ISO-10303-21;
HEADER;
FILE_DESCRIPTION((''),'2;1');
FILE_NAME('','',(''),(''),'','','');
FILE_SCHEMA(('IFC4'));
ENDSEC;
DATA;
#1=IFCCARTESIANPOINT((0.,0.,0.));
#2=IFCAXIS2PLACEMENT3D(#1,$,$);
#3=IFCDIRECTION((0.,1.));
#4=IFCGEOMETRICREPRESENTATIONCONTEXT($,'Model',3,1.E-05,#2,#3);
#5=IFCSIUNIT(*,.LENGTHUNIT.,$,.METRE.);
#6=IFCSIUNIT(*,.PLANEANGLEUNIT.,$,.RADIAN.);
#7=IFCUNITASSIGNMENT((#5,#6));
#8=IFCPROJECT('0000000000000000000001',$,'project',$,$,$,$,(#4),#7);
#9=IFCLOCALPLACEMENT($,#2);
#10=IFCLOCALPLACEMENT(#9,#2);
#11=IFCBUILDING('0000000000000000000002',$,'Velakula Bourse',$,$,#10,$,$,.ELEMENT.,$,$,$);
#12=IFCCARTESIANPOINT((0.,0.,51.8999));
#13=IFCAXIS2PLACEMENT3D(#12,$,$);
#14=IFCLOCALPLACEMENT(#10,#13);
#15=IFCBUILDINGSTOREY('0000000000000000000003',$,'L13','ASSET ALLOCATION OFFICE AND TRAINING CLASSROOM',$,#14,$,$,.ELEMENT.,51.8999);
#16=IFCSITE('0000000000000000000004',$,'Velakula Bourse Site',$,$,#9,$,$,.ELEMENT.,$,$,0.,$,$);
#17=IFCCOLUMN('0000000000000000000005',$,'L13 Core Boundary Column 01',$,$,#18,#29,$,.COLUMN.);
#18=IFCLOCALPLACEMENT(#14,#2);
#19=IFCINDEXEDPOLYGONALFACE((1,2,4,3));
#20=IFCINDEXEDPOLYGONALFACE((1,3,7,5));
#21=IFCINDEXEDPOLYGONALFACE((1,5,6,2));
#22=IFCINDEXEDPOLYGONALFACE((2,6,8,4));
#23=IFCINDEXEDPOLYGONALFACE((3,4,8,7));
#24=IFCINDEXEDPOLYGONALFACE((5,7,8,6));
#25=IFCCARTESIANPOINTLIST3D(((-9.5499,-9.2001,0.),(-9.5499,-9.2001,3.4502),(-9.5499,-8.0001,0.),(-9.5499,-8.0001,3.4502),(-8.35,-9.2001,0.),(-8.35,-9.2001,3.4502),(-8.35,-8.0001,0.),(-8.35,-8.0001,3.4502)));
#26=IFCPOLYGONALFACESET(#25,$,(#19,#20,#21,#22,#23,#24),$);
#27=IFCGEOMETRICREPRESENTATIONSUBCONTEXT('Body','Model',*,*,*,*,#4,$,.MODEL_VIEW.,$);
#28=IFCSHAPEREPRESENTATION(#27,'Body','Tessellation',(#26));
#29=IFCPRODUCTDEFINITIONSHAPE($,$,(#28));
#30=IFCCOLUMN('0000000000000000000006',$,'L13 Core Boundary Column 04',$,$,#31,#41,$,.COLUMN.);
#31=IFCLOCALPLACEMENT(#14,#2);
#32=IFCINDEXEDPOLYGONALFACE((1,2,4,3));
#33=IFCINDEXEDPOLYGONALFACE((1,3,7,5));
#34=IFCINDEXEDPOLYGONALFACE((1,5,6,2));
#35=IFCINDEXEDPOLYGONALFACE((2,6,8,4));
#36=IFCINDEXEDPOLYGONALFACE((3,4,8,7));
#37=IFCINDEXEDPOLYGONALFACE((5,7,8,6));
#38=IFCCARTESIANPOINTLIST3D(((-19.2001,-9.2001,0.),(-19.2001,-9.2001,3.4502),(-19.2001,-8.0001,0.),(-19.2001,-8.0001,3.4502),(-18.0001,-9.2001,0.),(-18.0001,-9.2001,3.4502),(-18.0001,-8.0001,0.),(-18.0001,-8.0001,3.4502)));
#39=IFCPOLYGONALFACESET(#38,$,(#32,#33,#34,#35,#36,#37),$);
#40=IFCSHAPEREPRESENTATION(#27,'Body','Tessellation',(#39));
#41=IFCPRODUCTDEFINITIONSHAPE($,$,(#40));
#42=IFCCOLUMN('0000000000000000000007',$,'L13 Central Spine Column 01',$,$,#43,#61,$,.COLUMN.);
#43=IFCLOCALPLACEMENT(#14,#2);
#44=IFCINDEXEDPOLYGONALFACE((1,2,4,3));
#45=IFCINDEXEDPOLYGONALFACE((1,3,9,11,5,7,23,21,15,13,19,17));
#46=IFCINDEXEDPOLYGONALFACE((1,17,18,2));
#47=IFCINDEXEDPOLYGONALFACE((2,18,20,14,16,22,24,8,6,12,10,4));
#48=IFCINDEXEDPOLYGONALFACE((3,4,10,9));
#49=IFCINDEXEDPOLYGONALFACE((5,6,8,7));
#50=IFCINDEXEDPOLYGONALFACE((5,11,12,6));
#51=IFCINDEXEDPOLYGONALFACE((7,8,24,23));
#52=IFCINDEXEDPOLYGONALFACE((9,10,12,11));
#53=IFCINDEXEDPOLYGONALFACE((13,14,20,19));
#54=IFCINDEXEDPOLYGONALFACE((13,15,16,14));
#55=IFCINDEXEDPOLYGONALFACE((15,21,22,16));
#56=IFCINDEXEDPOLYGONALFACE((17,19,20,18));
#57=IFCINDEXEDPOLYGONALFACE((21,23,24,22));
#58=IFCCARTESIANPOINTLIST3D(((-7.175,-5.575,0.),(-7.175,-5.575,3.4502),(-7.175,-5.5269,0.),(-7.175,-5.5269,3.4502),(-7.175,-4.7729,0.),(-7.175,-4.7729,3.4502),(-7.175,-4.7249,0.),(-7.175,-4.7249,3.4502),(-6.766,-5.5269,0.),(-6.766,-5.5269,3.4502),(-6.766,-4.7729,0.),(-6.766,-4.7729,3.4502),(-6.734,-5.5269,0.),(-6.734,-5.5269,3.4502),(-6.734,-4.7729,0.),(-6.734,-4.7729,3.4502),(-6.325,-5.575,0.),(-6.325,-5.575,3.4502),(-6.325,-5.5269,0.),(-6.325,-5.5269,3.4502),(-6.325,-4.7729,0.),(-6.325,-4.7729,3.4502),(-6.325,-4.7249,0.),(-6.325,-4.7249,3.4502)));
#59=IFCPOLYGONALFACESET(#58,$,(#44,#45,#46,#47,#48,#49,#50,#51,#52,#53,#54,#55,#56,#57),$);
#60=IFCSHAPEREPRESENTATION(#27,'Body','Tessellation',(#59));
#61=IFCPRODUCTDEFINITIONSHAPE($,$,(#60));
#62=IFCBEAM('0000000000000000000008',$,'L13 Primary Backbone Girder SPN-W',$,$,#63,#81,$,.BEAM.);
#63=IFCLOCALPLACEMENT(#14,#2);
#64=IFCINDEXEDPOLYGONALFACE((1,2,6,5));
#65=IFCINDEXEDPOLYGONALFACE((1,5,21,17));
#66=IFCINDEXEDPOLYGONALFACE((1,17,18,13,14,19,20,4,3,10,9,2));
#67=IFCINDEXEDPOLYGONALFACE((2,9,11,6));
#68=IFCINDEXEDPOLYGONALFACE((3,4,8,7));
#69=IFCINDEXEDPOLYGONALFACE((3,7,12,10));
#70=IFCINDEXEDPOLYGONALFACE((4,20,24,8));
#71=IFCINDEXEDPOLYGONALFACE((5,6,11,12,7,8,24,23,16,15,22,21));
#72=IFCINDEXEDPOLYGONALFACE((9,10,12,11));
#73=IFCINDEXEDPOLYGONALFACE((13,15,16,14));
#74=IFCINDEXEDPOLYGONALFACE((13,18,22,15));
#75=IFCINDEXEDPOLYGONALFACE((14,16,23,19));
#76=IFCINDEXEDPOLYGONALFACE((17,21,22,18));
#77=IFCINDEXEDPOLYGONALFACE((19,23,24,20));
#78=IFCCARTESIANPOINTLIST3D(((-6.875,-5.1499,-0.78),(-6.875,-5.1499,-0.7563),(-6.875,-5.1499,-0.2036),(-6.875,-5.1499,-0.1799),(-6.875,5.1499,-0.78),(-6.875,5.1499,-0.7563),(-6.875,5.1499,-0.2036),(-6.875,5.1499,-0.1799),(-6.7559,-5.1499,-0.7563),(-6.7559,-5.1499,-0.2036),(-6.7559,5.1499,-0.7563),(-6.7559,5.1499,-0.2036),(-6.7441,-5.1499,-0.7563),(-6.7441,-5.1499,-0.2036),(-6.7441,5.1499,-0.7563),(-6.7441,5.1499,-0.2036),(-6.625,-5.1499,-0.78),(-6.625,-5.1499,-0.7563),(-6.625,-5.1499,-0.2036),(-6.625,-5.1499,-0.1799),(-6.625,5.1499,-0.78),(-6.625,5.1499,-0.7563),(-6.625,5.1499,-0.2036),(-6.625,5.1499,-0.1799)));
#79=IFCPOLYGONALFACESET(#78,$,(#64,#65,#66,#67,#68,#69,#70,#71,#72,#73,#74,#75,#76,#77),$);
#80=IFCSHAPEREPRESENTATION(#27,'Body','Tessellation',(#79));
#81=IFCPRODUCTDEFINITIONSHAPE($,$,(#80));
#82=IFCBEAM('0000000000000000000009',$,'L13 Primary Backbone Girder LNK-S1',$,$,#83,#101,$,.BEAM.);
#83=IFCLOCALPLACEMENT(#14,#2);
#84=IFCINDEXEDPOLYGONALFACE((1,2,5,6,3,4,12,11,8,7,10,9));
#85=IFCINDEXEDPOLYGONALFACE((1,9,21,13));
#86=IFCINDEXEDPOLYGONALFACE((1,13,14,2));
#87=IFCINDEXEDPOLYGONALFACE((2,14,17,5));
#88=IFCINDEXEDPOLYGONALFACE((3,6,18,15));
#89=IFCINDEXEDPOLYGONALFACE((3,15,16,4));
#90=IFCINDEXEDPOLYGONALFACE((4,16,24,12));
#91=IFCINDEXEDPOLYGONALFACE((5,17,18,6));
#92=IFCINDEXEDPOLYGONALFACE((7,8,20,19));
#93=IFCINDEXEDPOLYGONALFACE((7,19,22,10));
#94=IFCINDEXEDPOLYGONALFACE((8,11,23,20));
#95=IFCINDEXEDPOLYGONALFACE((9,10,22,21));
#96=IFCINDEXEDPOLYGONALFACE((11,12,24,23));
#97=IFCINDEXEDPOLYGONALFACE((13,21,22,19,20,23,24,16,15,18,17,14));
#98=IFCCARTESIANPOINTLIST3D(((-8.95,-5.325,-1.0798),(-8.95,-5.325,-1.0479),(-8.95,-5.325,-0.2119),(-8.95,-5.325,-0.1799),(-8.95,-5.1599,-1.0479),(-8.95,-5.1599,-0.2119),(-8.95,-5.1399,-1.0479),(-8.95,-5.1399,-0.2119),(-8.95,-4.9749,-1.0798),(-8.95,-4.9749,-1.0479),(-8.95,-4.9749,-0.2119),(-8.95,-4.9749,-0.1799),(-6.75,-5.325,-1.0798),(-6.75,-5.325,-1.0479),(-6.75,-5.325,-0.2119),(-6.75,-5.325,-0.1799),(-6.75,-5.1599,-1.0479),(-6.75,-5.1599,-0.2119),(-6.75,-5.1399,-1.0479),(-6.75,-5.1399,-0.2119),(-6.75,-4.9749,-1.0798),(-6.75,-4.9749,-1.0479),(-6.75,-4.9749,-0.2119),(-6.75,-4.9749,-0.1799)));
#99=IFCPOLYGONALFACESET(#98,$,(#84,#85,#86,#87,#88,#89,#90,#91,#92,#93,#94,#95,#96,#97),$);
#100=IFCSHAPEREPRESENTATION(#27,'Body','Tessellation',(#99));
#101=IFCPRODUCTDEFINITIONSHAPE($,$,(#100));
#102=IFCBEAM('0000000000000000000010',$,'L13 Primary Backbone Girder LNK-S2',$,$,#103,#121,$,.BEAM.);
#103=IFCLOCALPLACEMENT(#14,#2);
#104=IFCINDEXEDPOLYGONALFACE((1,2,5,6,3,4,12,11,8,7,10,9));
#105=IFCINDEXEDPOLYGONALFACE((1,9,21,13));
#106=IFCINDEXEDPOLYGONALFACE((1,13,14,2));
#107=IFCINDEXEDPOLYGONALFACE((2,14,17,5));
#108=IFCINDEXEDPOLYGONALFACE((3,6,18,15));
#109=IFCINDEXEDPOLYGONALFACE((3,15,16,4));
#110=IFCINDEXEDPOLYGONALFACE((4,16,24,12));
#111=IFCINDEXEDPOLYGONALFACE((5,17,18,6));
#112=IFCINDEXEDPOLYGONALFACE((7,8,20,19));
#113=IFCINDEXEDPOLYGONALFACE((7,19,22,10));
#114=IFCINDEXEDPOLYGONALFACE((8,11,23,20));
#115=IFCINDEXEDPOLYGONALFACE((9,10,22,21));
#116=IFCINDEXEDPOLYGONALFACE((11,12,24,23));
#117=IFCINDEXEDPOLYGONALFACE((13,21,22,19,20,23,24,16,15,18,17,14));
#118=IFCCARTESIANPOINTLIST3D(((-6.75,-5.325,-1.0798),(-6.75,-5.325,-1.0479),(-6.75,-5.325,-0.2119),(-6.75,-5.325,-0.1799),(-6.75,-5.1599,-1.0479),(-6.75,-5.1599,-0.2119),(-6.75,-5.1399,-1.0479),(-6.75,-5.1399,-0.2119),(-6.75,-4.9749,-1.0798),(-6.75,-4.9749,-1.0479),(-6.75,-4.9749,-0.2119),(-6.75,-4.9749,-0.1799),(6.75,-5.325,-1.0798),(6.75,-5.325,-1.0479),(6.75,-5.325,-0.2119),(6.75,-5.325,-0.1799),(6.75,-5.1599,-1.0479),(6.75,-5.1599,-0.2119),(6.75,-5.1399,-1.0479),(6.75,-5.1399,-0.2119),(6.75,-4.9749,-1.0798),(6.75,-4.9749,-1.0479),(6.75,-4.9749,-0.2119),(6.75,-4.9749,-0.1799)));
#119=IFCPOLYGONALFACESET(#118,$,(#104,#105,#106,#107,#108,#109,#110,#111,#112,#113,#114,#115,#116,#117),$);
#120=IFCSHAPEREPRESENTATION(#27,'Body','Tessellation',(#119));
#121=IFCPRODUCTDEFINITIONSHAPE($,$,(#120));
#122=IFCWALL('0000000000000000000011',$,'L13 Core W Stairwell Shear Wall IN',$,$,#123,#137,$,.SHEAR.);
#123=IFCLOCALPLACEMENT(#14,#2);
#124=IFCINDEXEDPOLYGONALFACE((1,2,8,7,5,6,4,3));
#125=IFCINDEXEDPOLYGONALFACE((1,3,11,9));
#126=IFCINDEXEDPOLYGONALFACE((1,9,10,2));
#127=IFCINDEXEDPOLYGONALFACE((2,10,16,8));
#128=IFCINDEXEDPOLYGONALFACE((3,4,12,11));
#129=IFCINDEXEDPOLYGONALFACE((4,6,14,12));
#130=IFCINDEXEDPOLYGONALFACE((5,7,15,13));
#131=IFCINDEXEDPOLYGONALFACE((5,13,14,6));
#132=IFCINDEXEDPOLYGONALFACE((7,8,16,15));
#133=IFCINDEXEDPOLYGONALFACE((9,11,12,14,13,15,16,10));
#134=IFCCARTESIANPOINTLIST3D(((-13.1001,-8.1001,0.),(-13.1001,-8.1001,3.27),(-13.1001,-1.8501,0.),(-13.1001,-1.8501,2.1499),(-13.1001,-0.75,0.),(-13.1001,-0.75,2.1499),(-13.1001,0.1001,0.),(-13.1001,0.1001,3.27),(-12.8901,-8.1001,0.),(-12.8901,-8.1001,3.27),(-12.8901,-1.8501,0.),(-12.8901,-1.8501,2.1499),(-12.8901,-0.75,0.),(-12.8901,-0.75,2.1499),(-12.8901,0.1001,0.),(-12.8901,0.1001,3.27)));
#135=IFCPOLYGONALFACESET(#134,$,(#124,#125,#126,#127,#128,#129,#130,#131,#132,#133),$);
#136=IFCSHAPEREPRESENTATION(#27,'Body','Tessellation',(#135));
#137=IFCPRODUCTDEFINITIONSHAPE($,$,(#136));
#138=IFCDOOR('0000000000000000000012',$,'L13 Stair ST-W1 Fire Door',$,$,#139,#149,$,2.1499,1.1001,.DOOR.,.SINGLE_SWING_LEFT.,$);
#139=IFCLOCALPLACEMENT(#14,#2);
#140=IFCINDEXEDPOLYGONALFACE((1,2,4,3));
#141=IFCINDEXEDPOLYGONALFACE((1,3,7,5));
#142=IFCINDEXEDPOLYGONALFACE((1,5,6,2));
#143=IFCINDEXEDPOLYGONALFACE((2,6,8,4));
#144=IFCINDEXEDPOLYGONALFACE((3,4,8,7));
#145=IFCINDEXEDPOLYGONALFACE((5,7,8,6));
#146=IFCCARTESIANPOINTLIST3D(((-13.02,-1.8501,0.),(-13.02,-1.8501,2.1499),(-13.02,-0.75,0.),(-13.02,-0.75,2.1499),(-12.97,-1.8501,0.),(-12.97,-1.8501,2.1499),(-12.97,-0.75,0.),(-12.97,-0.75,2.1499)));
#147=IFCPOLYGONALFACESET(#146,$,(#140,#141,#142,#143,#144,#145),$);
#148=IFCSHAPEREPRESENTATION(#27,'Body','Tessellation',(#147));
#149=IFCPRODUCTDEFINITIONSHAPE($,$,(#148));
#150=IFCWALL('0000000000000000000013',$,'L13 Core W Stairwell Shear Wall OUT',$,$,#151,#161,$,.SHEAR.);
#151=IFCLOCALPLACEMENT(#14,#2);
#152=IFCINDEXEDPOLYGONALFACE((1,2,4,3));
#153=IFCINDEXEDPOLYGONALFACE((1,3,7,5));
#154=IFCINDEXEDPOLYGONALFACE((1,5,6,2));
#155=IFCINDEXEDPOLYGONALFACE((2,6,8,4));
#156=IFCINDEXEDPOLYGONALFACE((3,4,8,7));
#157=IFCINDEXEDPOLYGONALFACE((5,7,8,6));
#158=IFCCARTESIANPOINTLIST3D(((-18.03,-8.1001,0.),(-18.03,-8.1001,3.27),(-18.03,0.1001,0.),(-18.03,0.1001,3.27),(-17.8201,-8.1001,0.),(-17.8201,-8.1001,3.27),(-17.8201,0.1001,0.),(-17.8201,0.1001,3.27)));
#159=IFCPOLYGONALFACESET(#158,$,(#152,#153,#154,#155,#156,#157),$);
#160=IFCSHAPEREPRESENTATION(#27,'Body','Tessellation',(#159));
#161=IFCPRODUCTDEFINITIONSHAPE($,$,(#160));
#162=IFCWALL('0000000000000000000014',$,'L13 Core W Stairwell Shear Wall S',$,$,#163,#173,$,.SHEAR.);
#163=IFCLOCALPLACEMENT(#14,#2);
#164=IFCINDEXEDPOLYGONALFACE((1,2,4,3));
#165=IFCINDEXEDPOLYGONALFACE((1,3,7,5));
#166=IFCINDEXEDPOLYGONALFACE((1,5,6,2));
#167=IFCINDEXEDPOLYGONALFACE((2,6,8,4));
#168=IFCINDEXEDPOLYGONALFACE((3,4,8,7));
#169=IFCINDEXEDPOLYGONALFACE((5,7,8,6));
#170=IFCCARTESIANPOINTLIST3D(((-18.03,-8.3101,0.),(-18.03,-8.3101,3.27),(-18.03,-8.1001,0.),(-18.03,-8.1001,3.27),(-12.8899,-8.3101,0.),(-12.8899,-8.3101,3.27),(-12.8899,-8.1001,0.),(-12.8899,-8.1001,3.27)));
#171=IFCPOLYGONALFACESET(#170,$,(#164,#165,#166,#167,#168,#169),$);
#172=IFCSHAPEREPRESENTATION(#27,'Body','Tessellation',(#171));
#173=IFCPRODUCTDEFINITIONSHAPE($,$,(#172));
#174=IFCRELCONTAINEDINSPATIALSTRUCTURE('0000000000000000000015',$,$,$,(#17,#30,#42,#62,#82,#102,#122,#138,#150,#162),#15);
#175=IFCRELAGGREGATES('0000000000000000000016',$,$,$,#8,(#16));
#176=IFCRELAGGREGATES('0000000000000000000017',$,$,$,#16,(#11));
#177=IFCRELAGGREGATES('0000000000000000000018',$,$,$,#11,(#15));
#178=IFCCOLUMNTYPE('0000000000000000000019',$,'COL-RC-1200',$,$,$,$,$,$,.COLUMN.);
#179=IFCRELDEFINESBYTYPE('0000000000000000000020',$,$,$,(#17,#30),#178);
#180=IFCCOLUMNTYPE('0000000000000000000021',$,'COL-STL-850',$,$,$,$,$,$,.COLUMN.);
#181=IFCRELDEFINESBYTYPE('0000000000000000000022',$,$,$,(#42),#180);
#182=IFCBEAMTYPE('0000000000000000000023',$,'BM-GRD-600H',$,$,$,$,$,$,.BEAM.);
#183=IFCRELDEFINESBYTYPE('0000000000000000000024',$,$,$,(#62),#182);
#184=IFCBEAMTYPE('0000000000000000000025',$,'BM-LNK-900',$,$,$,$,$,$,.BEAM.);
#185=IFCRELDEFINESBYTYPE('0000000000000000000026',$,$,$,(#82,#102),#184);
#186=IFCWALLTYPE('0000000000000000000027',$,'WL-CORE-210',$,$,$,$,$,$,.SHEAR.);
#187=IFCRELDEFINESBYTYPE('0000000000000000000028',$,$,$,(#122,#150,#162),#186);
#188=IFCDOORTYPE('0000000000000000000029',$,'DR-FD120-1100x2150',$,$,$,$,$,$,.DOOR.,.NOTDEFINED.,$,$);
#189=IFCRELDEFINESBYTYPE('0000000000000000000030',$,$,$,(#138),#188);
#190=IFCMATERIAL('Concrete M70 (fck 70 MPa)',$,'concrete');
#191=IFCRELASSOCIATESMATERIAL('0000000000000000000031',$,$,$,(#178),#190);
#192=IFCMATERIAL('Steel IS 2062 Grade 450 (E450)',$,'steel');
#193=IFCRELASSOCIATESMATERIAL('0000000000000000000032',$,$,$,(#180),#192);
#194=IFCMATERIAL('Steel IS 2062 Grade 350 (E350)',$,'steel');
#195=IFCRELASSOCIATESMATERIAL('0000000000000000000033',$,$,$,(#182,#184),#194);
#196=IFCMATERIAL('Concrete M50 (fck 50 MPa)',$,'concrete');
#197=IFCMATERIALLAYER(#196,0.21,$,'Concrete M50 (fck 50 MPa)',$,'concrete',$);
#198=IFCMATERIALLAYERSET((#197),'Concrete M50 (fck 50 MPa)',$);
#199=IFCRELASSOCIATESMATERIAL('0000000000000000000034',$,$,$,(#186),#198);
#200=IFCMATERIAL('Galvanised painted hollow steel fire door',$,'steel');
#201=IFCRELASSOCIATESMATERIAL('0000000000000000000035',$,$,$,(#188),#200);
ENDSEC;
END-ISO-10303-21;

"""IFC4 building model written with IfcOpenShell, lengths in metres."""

from ifc_helpers import new_model, si_unit, direction, frame, frame_2d, origin, origin_2d, place, context, subcontext, project, spatial, rectangle, i_section, extrude, material, layer, layer_set, material_profile, profile_set, type_object, element, fill, save


model = new_model("IFC4")

# Units and contexts
model_context = context("Model", 3, precision=1e-05, world=origin(), true_north=direction((0.0, 1.0)))
body_context = subcontext(model_context, "Body", "Model", "MODEL_VIEW")
ifc_project = project(units=[si_unit("LENGTHUNIT", "METRE"), si_unit("PLANEANGLEUNIT", "RADIAN")], contexts=[model_context])

# Site, building, storey
site_placement = place(None, origin())
site = spatial("IfcSite", under=ifc_project, at=site_placement, Name="Velakula Bourse Site", CompositionType="ELEMENT", RefElevation=0.0)
building_placement = place(site_placement, origin())
building = spatial("IfcBuilding", under=site, at=building_placement, Name="Velakula Bourse", CompositionType="ELEMENT")
storey_placement = place(building_placement, frame((0.0, 0.0, 51.8999)))
storey = spatial("IfcBuildingStorey", under=building, at=storey_placement, Name="L13", Description="ASSET ALLOCATION OFFICE AND TRAINING CLASSROOM", CompositionType="ELEMENT", Elevation=51.8999)

# Columns
ifc_material_1 = material(Name="Concrete M70 (fck 70 MPa)", Category="concrete")
ifc_material_profile_1 = material_profile(ifc_material_1, rectangle(XDim=1.2, YDim=1.2, at=origin_2d()), Name="Concrete M70 (fck 70 MPa)")
ifc_profile_set_1 = profile_set([ifc_material_profile_1], Name="Concrete M70 (fck 70 MPa)")
column_type_1 = type_object("IfcColumnType", Name="COL-RC-1200", PredefinedType="COLUMN", material=ifc_profile_set_1)
for number, where, z_axis, x_axis, name in (
    (1, (-8.95, -8.6001, 0.0), (0.0, 0.0, 1.0), (1.0, 0.0, 0.0), "L13 Core Boundary Column 01"),
    (2, (-18.6001, -8.6001, 0.0), (0.0, 0.0, 1.0), (1.0, 0.0, 0.0), "L13 Core Boundary Column 04"),
):
    element("IfcColumn", number, at=place(storey_placement, frame(where, z_axis=z_axis, x_axis=x_axis)), inside=storey, type_object=column_type_1, Name=name, PredefinedType="COLUMN", context=body_context, shape_type="SweptSolid", body=[
        extrude(rectangle(XDim=1.2, YDim=1.2, at=origin_2d()), origin(), (0.0, 0.0, 1.0), 3.4502),
    ])
ifc_material_2 = material(Name="Steel IS 2062 Grade 450 (E450)", Category="steel")
ifc_material_profile_2 = material_profile(ifc_material_2, i_section(OverallWidth=0.8501, OverallDepth=0.8501, WebThickness=0.032, FlangeThickness=0.0481, at=origin_2d()), Name="Steel IS 2062 Grade 450 (E450)")
ifc_profile_set_2 = profile_set([ifc_material_profile_2], Name="Steel IS 2062 Grade 450 (E450)")
column_type_2 = type_object("IfcColumnType", Name="COL-STL-850", PredefinedType="COLUMN", material=ifc_profile_set_2)
column_placement = place(storey_placement, frame((-6.75, -5.1499, 0.0), z_axis=(0.0, 0.0, 1.0), x_axis=(1.0, 0.0, 0.0)))
element("IfcColumn", 3, at=column_placement, inside=storey, type_object=column_type_2, Name="L13 Central Spine Column 01", PredefinedType="COLUMN", context=body_context, shape_type="SweptSolid", body=[
    extrude(i_section(OverallWidth=0.8501, OverallDepth=0.8501, WebThickness=0.032, FlangeThickness=0.0481, at=origin_2d()), origin(), (0.0, 0.0, 1.0), 3.4502),
])

# Beams
ifc_material_3 = material(Name="Steel IS 2062 Grade 350 (E350)", Category="steel")
ifc_material_profile_3 = material_profile(ifc_material_3, i_section(OverallWidth=0.25, OverallDepth=0.6001, WebThickness=0.0117, FlangeThickness=0.0237, at=origin_2d()), Name="Steel IS 2062 Grade 350 (E350)")
ifc_profile_set_3 = profile_set([ifc_material_profile_3], Name="Steel IS 2062 Grade 350 (E350)")
beam_type_1 = type_object("IfcBeamType", Name="BM-GRD-600H", PredefinedType="BEAM", material=ifc_profile_set_3)
beam_1_placement = place(storey_placement, frame((-6.75, -5.1499, -0.48), z_axis=(0.0, 1.0, 0.0), x_axis=(-1.0, 0.0, 0.0)))
element("IfcBeam", 4, at=beam_1_placement, inside=storey, type_object=beam_type_1, Name="L13 Primary Backbone Girder SPN-W", PredefinedType="BEAM", context=body_context, shape_type="SweptSolid", body=[
    extrude(i_section(OverallWidth=0.25, OverallDepth=0.6001, WebThickness=0.0117, FlangeThickness=0.0237, at=origin_2d()), origin(), (0.0, 0.0, 1.0), 10.2998),
])
ifc_material_profile_4 = material_profile(ifc_material_3, i_section(OverallWidth=0.3501, OverallDepth=0.8999, WebThickness=0.02, FlangeThickness=0.032, at=origin_2d()), Name="Steel IS 2062 Grade 350 (E350)")
ifc_profile_set_4 = profile_set([ifc_material_profile_4], Name="Steel IS 2062 Grade 350 (E350)")
beam_type_2 = type_object("IfcBeamType", Name="BM-LNK-900", PredefinedType="BEAM", material=ifc_profile_set_4)
beam_2_placement = place(storey_placement, frame((-8.95, -5.1499, -0.6299), z_axis=(1.0, 0.0, 0.0), x_axis=(0.0, 1.0, 0.0)))
element("IfcBeam", 5, at=beam_2_placement, inside=storey, type_object=beam_type_2, Name="L13 Primary Backbone Girder LNK-S1", PredefinedType="BEAM", context=body_context, shape_type="SweptSolid", body=[
    extrude(i_section(OverallWidth=0.3501, OverallDepth=0.8999, WebThickness=0.02, FlangeThickness=0.032, at=origin_2d()), origin(), (0.0, 0.0, 1.0), 2.2),
])
beam_3_placement = place(storey_placement, frame((-6.75, -5.1499, -0.6299), z_axis=(1.0, 0.0, 0.0), x_axis=(0.0, 1.0, 0.0)))
element("IfcBeam", 6, at=beam_3_placement, inside=storey, type_object=beam_type_2, Name="L13 Primary Backbone Girder LNK-S2", PredefinedType="BEAM", context=body_context, shape_type="SweptSolid", body=[
    extrude(i_section(OverallWidth=0.3501, OverallDepth=0.8999, WebThickness=0.02, FlangeThickness=0.032, at=origin_2d()), origin(), (0.0, 0.0, 1.0), 13.5),
])

# Wall, opening, door
ifc_material_4 = material(Name="Concrete M50 (fck 50 MPa)", Category="concrete")
ifc_layer_1 = layer(ifc_material_4, 0.21, Name="Concrete M50 (fck 50 MPa)", Category="concrete")
ifc_layer_set_1 = layer_set([ifc_layer_1], Name="Concrete M50 (fck 50 MPa)")
wall_type_1 = type_object("IfcWallType", Name="WL-CORE-210", PredefinedType="SHEAR", material=ifc_layer_set_1)
wall_1_placement = place(storey_placement, frame((-12.9951, -8.1001, 0.0), z_axis=(0.0, 0.0, 1.0), x_axis=(0.0, 1.0, 0.0)))
wall_1 = element("IfcWall", 7, at=wall_1_placement, inside=storey, type_object=wall_type_1, Name="L13 Core W Stairwell Shear Wall IN", PredefinedType="SHEAR", context=body_context, shape_type="SweptSolid", body=[
    extrude(rectangle(XDim=8.2002, YDim=0.21, at=frame_2d((4.1001, 0.0))), origin(), (0.0, 0.0, 1.0), 3.27),
])
opening_1_placement = place(wall_1_placement, frame((6.25, 0.0, 0.0)))
opening_1 = element("IfcOpeningElement", 8, at=opening_1_placement, cuts=wall_1, PredefinedType="OPENING", context=body_context, shape_type="SweptSolid", body=[
    extrude(rectangle(XDim=1.1001, YDim=2.1499, at=frame_2d((0.55, 1.075))), frame((0.0, 0.115, 0.0), z_axis=(0.0, -1.0, 0.0), x_axis=(1.0, 0.0, 0.0)), (0.0, 0.0, 1.0), 0.23),
])
ifc_material_5 = material(Name="Galvanised painted hollow steel fire door", Category="steel")
door_type_1 = type_object("IfcDoorType", Name="DR-FD120-1100x2150", OperationType="NOTDEFINED", PredefinedType="DOOR", material=ifc_material_5)
door_1_placement = place(opening_1_placement, origin())
door_1 = element("IfcDoor", 9, at=door_1_placement, inside=storey, type_object=door_type_1, Name="L13 Stair ST-W1 Fire Door", OperationType="SINGLE_SWING_LEFT", OverallHeight=2.1499, OverallWidth=1.1001, PredefinedType="DOOR", context=body_context, shape_type="SweptSolid", body=[
    extrude(rectangle(XDim=1.1001, YDim=2.1499, at=frame_2d((0.55, 1.075))), frame((0.0, 0.0249, 0.0), z_axis=(0.0, -1.0, 0.0), x_axis=(1.0, 0.0, 0.0)), (0.0, 0.0, 1.0), 0.05),
])
fill(opening_1, door_1)

# Walls
wall_2_placement = place(storey_placement, frame((-17.925, -8.1001, 0.0), z_axis=(0.0, 0.0, 1.0), x_axis=(0.0, 1.0, 0.0)))
element("IfcWall", 10, at=wall_2_placement, inside=storey, type_object=wall_type_1, Name="L13 Core W Stairwell Shear Wall OUT", PredefinedType="SHEAR", context=body_context, shape_type="SweptSolid", body=[
    extrude(rectangle(XDim=8.2002, YDim=0.21, at=frame_2d((4.1001, 0.0))), origin(), (0.0, 0.0, 1.0), 3.27),
])
wall_3_placement = place(storey_placement, frame((-18.03, -8.2051, 0.0), z_axis=(0.0, 0.0, 1.0), x_axis=(1.0, 0.0, 0.0)))
element("IfcWall", 11, at=wall_3_placement, inside=storey, type_object=wall_type_1, Name="L13 Core W Stairwell Shear Wall S", PredefinedType="SHEAR", context=body_context, shape_type="SweptSolid", body=[
    extrude(rectangle(XDim=5.1401, YDim=0.21, at=frame_2d((2.5701, 0.0))), origin(), (0.0, 0.0, 1.0), 3.27),
])

save(model, "model.ifc")
